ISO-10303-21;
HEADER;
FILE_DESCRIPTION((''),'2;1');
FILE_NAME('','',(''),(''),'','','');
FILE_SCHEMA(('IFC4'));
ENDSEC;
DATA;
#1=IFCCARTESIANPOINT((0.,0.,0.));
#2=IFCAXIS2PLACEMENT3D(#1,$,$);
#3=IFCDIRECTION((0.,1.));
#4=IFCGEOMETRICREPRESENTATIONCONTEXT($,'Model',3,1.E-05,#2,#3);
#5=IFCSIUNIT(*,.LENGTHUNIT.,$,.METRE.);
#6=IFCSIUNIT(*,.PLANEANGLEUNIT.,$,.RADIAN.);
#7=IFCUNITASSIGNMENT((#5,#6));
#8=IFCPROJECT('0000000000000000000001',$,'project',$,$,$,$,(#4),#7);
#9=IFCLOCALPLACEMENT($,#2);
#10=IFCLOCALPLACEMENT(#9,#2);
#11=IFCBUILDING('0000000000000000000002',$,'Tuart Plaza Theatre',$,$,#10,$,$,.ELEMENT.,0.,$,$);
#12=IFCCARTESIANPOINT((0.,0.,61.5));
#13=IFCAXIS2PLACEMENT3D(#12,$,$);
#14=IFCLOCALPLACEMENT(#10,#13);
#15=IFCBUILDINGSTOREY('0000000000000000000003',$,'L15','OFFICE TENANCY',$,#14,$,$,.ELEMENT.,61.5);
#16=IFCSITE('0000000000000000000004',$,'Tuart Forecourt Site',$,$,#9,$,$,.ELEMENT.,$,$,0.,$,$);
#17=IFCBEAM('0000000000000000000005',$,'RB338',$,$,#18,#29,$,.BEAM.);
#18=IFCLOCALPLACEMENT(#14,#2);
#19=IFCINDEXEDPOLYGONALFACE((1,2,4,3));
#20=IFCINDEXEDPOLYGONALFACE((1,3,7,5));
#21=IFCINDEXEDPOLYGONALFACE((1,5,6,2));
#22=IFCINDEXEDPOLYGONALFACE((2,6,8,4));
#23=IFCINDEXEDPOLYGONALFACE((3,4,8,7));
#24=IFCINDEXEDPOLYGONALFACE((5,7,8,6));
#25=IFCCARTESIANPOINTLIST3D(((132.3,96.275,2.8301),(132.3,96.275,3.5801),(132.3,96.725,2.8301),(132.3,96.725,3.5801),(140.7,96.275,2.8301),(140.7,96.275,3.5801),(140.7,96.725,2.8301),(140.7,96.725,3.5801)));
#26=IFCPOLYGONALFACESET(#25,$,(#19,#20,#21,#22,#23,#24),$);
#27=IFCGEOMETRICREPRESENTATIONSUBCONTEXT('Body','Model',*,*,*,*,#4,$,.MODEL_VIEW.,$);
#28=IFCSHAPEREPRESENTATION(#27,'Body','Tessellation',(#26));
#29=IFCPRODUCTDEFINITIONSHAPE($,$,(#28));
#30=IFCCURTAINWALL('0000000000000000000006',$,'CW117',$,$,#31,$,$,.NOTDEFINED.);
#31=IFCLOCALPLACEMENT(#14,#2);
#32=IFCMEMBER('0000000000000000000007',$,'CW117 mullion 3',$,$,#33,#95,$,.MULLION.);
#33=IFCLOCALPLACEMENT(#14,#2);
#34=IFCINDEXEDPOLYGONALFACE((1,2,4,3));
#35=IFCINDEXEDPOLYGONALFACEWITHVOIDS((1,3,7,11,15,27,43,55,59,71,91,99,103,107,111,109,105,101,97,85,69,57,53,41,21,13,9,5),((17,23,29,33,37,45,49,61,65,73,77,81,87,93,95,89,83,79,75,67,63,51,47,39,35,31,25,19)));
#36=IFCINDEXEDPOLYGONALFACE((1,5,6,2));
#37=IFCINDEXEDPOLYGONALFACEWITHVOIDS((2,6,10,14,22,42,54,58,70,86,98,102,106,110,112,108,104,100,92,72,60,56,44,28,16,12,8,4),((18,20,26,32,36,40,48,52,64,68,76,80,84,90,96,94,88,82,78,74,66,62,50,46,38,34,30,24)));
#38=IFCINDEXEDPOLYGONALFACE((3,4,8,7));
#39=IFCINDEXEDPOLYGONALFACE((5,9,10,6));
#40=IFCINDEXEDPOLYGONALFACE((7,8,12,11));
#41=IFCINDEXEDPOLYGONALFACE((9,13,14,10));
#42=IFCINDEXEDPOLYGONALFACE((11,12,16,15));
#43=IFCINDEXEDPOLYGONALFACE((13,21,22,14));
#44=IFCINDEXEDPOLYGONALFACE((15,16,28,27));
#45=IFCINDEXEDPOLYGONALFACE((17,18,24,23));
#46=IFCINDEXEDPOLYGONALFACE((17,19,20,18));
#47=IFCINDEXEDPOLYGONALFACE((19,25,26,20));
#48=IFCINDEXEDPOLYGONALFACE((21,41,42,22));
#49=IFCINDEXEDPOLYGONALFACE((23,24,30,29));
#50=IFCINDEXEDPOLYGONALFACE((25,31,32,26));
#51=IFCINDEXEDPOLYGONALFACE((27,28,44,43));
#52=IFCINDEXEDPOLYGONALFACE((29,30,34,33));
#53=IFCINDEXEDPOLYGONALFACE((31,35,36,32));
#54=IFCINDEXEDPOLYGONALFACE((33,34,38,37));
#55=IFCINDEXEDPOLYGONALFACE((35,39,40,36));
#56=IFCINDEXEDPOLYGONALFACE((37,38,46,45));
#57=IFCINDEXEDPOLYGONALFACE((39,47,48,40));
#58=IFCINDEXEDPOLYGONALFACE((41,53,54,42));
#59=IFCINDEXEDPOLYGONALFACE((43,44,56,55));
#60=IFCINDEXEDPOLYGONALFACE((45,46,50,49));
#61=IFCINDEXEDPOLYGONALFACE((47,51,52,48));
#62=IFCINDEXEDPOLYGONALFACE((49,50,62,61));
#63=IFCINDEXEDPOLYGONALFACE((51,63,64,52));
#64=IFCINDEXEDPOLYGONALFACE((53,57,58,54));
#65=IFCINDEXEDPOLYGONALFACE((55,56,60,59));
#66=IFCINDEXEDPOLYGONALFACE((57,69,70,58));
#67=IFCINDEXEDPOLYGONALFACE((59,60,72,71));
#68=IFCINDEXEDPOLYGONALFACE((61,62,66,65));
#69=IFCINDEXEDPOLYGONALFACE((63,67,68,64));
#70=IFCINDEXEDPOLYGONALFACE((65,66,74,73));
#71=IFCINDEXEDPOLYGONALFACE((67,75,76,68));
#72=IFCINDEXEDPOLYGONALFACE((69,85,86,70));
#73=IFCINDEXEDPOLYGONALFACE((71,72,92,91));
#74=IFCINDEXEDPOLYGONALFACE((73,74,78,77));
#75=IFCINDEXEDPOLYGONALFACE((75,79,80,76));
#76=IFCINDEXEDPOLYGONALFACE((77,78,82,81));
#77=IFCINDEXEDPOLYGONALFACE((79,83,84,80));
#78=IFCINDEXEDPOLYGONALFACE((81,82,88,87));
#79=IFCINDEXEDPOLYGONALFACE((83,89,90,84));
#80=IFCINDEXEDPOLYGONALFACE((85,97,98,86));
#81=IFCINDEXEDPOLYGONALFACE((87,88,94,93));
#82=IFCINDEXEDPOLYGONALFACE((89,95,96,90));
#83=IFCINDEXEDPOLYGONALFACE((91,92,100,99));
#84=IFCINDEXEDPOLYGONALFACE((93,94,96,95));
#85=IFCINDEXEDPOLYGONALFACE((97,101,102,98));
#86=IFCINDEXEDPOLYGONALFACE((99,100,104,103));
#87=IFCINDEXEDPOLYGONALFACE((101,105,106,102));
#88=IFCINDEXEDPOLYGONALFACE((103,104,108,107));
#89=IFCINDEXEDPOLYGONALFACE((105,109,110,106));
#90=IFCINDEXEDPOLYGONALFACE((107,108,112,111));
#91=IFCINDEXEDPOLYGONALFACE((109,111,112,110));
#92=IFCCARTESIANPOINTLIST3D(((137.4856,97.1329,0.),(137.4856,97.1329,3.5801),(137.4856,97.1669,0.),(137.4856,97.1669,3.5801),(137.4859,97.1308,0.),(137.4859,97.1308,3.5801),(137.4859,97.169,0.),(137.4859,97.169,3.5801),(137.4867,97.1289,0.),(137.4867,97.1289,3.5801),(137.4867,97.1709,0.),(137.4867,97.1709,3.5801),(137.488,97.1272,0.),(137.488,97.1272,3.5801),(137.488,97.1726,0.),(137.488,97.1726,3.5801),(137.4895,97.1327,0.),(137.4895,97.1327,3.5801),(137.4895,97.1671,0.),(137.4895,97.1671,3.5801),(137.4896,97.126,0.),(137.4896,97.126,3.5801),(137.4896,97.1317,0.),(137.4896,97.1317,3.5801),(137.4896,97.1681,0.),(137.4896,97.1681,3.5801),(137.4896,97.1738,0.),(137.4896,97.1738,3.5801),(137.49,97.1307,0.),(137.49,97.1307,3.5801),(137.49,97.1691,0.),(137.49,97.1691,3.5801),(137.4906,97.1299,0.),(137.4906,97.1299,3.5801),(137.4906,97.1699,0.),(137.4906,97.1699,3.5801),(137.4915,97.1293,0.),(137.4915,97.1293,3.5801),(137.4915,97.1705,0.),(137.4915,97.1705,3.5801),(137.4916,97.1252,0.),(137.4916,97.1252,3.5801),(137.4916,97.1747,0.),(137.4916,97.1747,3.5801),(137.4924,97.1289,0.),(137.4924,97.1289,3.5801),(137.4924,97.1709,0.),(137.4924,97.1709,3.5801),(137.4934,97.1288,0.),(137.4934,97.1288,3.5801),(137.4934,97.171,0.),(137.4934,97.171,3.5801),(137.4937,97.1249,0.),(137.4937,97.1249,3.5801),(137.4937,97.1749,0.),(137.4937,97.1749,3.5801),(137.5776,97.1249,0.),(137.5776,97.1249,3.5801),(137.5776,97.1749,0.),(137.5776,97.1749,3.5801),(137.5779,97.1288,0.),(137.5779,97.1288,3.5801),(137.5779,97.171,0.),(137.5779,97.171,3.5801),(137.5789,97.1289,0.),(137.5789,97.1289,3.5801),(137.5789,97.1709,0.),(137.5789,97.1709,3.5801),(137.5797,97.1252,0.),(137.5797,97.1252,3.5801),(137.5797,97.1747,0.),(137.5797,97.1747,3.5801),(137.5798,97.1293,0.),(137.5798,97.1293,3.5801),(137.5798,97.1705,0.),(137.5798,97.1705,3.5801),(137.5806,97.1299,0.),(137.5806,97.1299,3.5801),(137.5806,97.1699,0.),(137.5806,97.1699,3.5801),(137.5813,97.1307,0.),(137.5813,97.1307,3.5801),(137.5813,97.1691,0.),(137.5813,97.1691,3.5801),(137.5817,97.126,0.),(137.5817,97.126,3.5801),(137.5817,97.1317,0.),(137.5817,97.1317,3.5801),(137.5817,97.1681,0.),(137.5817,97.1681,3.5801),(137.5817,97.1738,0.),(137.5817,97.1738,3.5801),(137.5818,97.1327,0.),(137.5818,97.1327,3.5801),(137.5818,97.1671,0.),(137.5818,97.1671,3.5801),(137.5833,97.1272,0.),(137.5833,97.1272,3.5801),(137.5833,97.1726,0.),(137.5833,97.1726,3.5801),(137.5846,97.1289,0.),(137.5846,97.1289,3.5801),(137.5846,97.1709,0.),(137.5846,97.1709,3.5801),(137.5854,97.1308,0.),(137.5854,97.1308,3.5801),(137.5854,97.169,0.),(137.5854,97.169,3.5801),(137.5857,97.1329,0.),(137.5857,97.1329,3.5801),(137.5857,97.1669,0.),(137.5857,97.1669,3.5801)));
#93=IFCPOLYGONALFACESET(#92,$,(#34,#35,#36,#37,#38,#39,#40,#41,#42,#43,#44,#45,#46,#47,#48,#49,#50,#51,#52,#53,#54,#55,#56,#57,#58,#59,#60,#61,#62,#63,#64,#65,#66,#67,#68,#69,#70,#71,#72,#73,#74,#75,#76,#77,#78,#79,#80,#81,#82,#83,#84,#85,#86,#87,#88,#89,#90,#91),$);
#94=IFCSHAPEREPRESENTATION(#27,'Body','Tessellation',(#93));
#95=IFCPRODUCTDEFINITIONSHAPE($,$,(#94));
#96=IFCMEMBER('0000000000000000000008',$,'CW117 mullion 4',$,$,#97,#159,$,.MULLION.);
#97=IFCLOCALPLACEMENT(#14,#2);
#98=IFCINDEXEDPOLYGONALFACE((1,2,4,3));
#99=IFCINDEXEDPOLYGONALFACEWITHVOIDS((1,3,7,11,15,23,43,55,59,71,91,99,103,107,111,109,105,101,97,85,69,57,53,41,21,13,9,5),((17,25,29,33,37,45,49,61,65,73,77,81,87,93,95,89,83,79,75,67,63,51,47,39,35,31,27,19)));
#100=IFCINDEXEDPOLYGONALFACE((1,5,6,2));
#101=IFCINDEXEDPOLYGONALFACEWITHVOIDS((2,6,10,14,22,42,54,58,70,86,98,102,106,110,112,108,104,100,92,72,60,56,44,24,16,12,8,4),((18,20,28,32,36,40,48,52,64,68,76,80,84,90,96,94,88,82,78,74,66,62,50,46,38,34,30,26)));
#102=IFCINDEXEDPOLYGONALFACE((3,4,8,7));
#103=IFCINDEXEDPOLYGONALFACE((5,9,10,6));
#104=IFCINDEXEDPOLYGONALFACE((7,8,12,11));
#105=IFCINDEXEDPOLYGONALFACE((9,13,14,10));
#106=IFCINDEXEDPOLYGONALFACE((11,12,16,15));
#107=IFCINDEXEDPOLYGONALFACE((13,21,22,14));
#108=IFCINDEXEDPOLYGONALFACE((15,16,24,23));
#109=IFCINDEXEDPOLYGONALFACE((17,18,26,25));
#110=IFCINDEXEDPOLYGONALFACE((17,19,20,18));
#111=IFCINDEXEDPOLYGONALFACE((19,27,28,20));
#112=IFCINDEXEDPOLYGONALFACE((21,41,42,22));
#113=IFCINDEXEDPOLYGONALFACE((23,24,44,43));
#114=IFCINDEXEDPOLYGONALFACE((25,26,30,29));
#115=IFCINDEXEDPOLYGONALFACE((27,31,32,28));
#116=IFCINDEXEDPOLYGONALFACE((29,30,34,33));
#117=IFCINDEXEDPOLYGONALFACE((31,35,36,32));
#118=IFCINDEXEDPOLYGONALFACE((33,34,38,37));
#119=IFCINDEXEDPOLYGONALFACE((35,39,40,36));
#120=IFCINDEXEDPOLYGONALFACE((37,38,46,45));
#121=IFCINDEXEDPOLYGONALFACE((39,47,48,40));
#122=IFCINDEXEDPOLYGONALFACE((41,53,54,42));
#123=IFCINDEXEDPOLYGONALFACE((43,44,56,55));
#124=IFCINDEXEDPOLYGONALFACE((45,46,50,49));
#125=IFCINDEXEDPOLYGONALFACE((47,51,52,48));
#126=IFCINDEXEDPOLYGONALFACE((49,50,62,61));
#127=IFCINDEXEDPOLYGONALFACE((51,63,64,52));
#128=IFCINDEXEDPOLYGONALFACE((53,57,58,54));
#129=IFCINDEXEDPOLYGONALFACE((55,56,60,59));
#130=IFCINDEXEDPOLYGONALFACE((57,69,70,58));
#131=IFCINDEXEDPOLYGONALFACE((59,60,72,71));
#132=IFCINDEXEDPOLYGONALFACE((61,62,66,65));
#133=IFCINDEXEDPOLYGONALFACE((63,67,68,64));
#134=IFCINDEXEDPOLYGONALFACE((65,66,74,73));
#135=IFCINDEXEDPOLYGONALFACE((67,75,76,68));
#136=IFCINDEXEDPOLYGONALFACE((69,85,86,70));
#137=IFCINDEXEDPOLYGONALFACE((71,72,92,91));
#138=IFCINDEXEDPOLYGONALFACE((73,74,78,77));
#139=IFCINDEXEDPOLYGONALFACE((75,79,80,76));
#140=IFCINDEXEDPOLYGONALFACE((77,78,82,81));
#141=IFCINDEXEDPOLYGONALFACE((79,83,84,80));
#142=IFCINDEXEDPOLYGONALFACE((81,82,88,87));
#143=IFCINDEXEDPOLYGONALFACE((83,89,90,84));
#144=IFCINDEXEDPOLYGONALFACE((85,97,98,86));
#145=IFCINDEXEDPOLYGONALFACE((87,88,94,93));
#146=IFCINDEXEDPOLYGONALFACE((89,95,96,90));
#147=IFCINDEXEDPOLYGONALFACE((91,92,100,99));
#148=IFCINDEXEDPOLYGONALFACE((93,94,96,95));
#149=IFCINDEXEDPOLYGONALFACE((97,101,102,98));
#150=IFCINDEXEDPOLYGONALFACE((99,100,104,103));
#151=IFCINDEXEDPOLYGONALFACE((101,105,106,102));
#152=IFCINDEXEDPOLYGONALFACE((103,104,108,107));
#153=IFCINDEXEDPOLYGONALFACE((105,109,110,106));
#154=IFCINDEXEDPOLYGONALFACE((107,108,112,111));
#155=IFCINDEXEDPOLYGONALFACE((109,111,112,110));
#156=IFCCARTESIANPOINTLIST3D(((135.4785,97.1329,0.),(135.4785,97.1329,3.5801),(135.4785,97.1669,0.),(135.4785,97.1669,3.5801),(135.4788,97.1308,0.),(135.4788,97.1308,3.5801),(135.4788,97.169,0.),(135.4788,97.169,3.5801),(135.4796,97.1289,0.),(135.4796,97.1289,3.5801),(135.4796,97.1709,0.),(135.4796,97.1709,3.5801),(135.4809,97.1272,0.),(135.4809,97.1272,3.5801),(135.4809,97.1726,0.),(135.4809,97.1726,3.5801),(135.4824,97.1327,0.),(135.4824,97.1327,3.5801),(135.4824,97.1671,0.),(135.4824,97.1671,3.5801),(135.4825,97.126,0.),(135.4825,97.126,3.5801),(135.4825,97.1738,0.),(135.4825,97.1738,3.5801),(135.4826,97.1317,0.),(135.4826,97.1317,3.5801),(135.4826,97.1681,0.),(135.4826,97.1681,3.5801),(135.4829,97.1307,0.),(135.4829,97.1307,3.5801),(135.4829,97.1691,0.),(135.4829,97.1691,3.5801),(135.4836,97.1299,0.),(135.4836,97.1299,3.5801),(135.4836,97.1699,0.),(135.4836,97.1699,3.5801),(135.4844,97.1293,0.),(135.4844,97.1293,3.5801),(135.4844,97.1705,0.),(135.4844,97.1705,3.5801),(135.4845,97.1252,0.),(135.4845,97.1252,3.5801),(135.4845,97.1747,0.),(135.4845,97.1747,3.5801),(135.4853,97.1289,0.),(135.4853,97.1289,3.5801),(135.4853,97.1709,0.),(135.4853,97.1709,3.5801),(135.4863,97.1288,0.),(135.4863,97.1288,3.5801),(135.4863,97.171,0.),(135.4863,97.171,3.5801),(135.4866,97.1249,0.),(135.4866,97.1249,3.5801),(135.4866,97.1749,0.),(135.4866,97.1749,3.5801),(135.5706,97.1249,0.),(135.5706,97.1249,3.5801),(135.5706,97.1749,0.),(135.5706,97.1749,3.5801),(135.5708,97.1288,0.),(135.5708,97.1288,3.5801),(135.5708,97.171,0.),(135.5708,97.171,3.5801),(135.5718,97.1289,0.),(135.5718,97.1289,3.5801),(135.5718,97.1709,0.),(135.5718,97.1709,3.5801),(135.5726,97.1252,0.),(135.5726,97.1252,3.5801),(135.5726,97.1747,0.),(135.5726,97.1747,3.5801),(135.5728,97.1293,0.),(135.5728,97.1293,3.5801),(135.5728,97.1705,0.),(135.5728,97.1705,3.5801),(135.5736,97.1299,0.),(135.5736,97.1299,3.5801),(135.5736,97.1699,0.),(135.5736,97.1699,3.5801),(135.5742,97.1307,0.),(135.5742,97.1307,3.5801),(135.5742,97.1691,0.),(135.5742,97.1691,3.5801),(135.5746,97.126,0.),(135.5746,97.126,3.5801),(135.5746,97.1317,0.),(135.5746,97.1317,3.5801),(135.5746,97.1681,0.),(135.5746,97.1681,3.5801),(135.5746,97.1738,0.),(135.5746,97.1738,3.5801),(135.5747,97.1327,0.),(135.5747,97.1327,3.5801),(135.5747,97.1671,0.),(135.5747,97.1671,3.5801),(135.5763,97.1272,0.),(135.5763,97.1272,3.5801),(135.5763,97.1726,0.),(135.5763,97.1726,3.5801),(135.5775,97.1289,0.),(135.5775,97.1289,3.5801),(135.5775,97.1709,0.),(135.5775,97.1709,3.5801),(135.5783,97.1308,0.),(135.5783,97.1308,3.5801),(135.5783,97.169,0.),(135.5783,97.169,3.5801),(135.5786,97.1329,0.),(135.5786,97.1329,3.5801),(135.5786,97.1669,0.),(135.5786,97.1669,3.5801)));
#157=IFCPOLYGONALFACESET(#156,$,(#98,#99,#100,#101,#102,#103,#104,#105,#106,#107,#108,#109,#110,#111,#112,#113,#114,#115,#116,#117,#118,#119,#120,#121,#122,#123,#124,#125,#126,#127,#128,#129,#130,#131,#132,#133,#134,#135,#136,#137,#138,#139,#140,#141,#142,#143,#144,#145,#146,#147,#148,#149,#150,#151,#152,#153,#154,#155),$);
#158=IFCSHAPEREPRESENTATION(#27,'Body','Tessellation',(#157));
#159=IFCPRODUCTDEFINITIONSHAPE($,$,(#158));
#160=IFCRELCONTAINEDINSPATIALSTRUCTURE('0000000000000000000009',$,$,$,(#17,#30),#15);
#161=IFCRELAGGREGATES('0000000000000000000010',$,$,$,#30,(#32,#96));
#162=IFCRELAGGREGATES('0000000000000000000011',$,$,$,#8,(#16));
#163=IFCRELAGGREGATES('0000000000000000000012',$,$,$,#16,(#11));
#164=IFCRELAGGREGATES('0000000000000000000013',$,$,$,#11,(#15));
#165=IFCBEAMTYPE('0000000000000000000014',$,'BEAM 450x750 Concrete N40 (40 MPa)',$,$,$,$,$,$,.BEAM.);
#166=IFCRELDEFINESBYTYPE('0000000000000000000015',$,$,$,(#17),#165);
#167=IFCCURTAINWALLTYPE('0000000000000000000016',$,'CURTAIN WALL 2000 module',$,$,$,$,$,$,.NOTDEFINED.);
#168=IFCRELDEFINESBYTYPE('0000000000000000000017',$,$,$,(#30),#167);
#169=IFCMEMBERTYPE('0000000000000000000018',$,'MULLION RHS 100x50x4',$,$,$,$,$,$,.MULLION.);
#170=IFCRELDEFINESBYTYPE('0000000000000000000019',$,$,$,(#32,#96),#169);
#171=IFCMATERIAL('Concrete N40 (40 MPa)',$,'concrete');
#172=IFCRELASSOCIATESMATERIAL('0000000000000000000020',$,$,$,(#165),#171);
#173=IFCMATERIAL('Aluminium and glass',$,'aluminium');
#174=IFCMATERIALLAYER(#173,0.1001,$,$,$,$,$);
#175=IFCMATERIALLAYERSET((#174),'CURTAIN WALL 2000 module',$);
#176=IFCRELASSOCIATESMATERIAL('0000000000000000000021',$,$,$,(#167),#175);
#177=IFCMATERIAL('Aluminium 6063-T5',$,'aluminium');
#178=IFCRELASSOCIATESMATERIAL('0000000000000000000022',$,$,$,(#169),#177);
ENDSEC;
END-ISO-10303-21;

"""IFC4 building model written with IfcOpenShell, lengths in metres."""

from ifc_helpers import new_model, si_unit, direction, frame, origin, origin_2d, place, context, subcontext, project, spatial, rectangle, hollow_rectangle, extrude, material, layer, layer_set, material_profile, profile_set, type_object, element, aggregate, save


model = new_model("IFC4")

# Units and contexts
model_context = context("Model", 3, precision=1e-05, world=origin(), true_north=direction((0.0, 1.0)))
body_context = subcontext(model_context, "Body", "Model", "MODEL_VIEW")
ifc_project = project(units=[si_unit("LENGTHUNIT", "METRE"), si_unit("PLANEANGLEUNIT", "RADIAN")], contexts=[model_context])

# Site, building, storey
site_placement = place(None, origin())
site = spatial("IfcSite", under=ifc_project, at=site_placement, Name="Tuart Forecourt Site", CompositionType="ELEMENT", RefElevation=0.0)
building_placement = place(site_placement, origin())
building = spatial("IfcBuilding", under=site, at=building_placement, Name="Tuart Plaza Theatre", CompositionType="ELEMENT", ElevationOfRefHeight=0.0)
storey_placement = place(building_placement, frame((0.0, 0.0, 61.5)))
storey = spatial("IfcBuildingStorey", under=building, at=storey_placement, Name="L15", Description="OFFICE TENANCY", CompositionType="ELEMENT", Elevation=61.5)

# Beam
ifc_material_1 = material(Name="Concrete N40 (40 MPa)", Category="concrete")
ifc_material_profile_1 = material_profile(ifc_material_1, rectangle(XDim=0.45, YDim=0.75, at=origin_2d()), Name="BEAM 450x750 Concrete N40 (40 MPa)")
ifc_profile_set_1 = profile_set([ifc_material_profile_1], Name="Concrete N40 (40 MPa)")
beam_type = type_object("IfcBeamType", Name="BEAM 450x750 Concrete N40 (40 MPa)", PredefinedType="BEAM", material=ifc_profile_set_1)
beam_placement = place(storey_placement, frame((132.3, 96.5, 3.2051), z_axis=(1.0, 0.0, 0.0), x_axis=(0.0, 1.0, 0.0)))
element("IfcBeam", 1, at=beam_placement, inside=storey, type_object=beam_type, Name="RB338", PredefinedType="BEAM", context=body_context, shape_type="SweptSolid", body=[
    extrude(rectangle(XDim=0.45, YDim=0.75, at=origin_2d()), origin(), (0.0, 0.0, 1.0), 8.3999),
])

# Curtain wall, members
ifc_material_2 = material(Name="Aluminium and glass", Category="aluminium")
ifc_layer_1 = layer(ifc_material_2, 0.1001)
ifc_layer_set_1 = layer_set([ifc_layer_1], Name="CURTAIN WALL 2000 module")
curtain_wall_type = type_object("IfcCurtainWallType", Name="CURTAIN WALL 2000 module", PredefinedType="NOTDEFINED", material=ifc_layer_set_1)
curtain_wall_placement = place(storey_placement, origin())
curtain_wall = element("IfcCurtainWall", 2, at=curtain_wall_placement, inside=storey, type_object=curtain_wall_type, Name="CW117", PredefinedType="NOTDEFINED")
ifc_material_3 = material(Name="Aluminium 6063-T5", Category="aluminium")
ifc_material_profile_2 = material_profile(ifc_material_3, hollow_rectangle(XDim=0.05, YDim=0.1001, WallThickness=0.0039, InnerFilletRadius=0.0039, OuterFilletRadius=0.0081, at=origin_2d()), Name="RHS 100x50x4")
ifc_profile_set_2 = profile_set([ifc_material_profile_2], Name="Aluminium 6063-T5")
member_type_1 = type_object("IfcMemberType", Name="MULLION RHS 100x50x4", PredefinedType="MULLION", material=ifc_profile_set_2)
member_1_placement = place(storey_placement, frame((137.5356, 97.1499, 0.0), z_axis=(0.0, 0.0, 1.0), x_axis=(0.0, -1.0, 0.0)))
member_1 = element("IfcMember", 3, at=member_1_placement, type_object=member_type_1, Name="CW117 mullion 3", PredefinedType="MULLION", context=body_context, shape_type="SweptSolid", body=[
    extrude(hollow_rectangle(XDim=0.05, YDim=0.1001, WallThickness=0.0039, InnerFilletRadius=0.0039, OuterFilletRadius=0.0081, at=origin_2d()), origin(), (0.0, 0.0, 1.0), 3.5801),
])
member_2_placement = place(storey_placement, frame((135.5286, 97.1499, 0.0), z_axis=(0.0, 0.0, 1.0), x_axis=(0.0, -1.0, 0.0)))
member_2 = element("IfcMember", 4, at=member_2_placement, type_object=member_type_1, Name="CW117 mullion 4", PredefinedType="MULLION", context=body_context, shape_type="SweptSolid", body=[
    extrude(hollow_rectangle(XDim=0.05, YDim=0.1001, WallThickness=0.0039, InnerFilletRadius=0.0039, OuterFilletRadius=0.0081, at=origin_2d()), origin(), (0.0, 0.0, 1.0), 3.5801),
])
aggregate(curtain_wall, [member_1, member_2])

save(model, "model.ifc")
